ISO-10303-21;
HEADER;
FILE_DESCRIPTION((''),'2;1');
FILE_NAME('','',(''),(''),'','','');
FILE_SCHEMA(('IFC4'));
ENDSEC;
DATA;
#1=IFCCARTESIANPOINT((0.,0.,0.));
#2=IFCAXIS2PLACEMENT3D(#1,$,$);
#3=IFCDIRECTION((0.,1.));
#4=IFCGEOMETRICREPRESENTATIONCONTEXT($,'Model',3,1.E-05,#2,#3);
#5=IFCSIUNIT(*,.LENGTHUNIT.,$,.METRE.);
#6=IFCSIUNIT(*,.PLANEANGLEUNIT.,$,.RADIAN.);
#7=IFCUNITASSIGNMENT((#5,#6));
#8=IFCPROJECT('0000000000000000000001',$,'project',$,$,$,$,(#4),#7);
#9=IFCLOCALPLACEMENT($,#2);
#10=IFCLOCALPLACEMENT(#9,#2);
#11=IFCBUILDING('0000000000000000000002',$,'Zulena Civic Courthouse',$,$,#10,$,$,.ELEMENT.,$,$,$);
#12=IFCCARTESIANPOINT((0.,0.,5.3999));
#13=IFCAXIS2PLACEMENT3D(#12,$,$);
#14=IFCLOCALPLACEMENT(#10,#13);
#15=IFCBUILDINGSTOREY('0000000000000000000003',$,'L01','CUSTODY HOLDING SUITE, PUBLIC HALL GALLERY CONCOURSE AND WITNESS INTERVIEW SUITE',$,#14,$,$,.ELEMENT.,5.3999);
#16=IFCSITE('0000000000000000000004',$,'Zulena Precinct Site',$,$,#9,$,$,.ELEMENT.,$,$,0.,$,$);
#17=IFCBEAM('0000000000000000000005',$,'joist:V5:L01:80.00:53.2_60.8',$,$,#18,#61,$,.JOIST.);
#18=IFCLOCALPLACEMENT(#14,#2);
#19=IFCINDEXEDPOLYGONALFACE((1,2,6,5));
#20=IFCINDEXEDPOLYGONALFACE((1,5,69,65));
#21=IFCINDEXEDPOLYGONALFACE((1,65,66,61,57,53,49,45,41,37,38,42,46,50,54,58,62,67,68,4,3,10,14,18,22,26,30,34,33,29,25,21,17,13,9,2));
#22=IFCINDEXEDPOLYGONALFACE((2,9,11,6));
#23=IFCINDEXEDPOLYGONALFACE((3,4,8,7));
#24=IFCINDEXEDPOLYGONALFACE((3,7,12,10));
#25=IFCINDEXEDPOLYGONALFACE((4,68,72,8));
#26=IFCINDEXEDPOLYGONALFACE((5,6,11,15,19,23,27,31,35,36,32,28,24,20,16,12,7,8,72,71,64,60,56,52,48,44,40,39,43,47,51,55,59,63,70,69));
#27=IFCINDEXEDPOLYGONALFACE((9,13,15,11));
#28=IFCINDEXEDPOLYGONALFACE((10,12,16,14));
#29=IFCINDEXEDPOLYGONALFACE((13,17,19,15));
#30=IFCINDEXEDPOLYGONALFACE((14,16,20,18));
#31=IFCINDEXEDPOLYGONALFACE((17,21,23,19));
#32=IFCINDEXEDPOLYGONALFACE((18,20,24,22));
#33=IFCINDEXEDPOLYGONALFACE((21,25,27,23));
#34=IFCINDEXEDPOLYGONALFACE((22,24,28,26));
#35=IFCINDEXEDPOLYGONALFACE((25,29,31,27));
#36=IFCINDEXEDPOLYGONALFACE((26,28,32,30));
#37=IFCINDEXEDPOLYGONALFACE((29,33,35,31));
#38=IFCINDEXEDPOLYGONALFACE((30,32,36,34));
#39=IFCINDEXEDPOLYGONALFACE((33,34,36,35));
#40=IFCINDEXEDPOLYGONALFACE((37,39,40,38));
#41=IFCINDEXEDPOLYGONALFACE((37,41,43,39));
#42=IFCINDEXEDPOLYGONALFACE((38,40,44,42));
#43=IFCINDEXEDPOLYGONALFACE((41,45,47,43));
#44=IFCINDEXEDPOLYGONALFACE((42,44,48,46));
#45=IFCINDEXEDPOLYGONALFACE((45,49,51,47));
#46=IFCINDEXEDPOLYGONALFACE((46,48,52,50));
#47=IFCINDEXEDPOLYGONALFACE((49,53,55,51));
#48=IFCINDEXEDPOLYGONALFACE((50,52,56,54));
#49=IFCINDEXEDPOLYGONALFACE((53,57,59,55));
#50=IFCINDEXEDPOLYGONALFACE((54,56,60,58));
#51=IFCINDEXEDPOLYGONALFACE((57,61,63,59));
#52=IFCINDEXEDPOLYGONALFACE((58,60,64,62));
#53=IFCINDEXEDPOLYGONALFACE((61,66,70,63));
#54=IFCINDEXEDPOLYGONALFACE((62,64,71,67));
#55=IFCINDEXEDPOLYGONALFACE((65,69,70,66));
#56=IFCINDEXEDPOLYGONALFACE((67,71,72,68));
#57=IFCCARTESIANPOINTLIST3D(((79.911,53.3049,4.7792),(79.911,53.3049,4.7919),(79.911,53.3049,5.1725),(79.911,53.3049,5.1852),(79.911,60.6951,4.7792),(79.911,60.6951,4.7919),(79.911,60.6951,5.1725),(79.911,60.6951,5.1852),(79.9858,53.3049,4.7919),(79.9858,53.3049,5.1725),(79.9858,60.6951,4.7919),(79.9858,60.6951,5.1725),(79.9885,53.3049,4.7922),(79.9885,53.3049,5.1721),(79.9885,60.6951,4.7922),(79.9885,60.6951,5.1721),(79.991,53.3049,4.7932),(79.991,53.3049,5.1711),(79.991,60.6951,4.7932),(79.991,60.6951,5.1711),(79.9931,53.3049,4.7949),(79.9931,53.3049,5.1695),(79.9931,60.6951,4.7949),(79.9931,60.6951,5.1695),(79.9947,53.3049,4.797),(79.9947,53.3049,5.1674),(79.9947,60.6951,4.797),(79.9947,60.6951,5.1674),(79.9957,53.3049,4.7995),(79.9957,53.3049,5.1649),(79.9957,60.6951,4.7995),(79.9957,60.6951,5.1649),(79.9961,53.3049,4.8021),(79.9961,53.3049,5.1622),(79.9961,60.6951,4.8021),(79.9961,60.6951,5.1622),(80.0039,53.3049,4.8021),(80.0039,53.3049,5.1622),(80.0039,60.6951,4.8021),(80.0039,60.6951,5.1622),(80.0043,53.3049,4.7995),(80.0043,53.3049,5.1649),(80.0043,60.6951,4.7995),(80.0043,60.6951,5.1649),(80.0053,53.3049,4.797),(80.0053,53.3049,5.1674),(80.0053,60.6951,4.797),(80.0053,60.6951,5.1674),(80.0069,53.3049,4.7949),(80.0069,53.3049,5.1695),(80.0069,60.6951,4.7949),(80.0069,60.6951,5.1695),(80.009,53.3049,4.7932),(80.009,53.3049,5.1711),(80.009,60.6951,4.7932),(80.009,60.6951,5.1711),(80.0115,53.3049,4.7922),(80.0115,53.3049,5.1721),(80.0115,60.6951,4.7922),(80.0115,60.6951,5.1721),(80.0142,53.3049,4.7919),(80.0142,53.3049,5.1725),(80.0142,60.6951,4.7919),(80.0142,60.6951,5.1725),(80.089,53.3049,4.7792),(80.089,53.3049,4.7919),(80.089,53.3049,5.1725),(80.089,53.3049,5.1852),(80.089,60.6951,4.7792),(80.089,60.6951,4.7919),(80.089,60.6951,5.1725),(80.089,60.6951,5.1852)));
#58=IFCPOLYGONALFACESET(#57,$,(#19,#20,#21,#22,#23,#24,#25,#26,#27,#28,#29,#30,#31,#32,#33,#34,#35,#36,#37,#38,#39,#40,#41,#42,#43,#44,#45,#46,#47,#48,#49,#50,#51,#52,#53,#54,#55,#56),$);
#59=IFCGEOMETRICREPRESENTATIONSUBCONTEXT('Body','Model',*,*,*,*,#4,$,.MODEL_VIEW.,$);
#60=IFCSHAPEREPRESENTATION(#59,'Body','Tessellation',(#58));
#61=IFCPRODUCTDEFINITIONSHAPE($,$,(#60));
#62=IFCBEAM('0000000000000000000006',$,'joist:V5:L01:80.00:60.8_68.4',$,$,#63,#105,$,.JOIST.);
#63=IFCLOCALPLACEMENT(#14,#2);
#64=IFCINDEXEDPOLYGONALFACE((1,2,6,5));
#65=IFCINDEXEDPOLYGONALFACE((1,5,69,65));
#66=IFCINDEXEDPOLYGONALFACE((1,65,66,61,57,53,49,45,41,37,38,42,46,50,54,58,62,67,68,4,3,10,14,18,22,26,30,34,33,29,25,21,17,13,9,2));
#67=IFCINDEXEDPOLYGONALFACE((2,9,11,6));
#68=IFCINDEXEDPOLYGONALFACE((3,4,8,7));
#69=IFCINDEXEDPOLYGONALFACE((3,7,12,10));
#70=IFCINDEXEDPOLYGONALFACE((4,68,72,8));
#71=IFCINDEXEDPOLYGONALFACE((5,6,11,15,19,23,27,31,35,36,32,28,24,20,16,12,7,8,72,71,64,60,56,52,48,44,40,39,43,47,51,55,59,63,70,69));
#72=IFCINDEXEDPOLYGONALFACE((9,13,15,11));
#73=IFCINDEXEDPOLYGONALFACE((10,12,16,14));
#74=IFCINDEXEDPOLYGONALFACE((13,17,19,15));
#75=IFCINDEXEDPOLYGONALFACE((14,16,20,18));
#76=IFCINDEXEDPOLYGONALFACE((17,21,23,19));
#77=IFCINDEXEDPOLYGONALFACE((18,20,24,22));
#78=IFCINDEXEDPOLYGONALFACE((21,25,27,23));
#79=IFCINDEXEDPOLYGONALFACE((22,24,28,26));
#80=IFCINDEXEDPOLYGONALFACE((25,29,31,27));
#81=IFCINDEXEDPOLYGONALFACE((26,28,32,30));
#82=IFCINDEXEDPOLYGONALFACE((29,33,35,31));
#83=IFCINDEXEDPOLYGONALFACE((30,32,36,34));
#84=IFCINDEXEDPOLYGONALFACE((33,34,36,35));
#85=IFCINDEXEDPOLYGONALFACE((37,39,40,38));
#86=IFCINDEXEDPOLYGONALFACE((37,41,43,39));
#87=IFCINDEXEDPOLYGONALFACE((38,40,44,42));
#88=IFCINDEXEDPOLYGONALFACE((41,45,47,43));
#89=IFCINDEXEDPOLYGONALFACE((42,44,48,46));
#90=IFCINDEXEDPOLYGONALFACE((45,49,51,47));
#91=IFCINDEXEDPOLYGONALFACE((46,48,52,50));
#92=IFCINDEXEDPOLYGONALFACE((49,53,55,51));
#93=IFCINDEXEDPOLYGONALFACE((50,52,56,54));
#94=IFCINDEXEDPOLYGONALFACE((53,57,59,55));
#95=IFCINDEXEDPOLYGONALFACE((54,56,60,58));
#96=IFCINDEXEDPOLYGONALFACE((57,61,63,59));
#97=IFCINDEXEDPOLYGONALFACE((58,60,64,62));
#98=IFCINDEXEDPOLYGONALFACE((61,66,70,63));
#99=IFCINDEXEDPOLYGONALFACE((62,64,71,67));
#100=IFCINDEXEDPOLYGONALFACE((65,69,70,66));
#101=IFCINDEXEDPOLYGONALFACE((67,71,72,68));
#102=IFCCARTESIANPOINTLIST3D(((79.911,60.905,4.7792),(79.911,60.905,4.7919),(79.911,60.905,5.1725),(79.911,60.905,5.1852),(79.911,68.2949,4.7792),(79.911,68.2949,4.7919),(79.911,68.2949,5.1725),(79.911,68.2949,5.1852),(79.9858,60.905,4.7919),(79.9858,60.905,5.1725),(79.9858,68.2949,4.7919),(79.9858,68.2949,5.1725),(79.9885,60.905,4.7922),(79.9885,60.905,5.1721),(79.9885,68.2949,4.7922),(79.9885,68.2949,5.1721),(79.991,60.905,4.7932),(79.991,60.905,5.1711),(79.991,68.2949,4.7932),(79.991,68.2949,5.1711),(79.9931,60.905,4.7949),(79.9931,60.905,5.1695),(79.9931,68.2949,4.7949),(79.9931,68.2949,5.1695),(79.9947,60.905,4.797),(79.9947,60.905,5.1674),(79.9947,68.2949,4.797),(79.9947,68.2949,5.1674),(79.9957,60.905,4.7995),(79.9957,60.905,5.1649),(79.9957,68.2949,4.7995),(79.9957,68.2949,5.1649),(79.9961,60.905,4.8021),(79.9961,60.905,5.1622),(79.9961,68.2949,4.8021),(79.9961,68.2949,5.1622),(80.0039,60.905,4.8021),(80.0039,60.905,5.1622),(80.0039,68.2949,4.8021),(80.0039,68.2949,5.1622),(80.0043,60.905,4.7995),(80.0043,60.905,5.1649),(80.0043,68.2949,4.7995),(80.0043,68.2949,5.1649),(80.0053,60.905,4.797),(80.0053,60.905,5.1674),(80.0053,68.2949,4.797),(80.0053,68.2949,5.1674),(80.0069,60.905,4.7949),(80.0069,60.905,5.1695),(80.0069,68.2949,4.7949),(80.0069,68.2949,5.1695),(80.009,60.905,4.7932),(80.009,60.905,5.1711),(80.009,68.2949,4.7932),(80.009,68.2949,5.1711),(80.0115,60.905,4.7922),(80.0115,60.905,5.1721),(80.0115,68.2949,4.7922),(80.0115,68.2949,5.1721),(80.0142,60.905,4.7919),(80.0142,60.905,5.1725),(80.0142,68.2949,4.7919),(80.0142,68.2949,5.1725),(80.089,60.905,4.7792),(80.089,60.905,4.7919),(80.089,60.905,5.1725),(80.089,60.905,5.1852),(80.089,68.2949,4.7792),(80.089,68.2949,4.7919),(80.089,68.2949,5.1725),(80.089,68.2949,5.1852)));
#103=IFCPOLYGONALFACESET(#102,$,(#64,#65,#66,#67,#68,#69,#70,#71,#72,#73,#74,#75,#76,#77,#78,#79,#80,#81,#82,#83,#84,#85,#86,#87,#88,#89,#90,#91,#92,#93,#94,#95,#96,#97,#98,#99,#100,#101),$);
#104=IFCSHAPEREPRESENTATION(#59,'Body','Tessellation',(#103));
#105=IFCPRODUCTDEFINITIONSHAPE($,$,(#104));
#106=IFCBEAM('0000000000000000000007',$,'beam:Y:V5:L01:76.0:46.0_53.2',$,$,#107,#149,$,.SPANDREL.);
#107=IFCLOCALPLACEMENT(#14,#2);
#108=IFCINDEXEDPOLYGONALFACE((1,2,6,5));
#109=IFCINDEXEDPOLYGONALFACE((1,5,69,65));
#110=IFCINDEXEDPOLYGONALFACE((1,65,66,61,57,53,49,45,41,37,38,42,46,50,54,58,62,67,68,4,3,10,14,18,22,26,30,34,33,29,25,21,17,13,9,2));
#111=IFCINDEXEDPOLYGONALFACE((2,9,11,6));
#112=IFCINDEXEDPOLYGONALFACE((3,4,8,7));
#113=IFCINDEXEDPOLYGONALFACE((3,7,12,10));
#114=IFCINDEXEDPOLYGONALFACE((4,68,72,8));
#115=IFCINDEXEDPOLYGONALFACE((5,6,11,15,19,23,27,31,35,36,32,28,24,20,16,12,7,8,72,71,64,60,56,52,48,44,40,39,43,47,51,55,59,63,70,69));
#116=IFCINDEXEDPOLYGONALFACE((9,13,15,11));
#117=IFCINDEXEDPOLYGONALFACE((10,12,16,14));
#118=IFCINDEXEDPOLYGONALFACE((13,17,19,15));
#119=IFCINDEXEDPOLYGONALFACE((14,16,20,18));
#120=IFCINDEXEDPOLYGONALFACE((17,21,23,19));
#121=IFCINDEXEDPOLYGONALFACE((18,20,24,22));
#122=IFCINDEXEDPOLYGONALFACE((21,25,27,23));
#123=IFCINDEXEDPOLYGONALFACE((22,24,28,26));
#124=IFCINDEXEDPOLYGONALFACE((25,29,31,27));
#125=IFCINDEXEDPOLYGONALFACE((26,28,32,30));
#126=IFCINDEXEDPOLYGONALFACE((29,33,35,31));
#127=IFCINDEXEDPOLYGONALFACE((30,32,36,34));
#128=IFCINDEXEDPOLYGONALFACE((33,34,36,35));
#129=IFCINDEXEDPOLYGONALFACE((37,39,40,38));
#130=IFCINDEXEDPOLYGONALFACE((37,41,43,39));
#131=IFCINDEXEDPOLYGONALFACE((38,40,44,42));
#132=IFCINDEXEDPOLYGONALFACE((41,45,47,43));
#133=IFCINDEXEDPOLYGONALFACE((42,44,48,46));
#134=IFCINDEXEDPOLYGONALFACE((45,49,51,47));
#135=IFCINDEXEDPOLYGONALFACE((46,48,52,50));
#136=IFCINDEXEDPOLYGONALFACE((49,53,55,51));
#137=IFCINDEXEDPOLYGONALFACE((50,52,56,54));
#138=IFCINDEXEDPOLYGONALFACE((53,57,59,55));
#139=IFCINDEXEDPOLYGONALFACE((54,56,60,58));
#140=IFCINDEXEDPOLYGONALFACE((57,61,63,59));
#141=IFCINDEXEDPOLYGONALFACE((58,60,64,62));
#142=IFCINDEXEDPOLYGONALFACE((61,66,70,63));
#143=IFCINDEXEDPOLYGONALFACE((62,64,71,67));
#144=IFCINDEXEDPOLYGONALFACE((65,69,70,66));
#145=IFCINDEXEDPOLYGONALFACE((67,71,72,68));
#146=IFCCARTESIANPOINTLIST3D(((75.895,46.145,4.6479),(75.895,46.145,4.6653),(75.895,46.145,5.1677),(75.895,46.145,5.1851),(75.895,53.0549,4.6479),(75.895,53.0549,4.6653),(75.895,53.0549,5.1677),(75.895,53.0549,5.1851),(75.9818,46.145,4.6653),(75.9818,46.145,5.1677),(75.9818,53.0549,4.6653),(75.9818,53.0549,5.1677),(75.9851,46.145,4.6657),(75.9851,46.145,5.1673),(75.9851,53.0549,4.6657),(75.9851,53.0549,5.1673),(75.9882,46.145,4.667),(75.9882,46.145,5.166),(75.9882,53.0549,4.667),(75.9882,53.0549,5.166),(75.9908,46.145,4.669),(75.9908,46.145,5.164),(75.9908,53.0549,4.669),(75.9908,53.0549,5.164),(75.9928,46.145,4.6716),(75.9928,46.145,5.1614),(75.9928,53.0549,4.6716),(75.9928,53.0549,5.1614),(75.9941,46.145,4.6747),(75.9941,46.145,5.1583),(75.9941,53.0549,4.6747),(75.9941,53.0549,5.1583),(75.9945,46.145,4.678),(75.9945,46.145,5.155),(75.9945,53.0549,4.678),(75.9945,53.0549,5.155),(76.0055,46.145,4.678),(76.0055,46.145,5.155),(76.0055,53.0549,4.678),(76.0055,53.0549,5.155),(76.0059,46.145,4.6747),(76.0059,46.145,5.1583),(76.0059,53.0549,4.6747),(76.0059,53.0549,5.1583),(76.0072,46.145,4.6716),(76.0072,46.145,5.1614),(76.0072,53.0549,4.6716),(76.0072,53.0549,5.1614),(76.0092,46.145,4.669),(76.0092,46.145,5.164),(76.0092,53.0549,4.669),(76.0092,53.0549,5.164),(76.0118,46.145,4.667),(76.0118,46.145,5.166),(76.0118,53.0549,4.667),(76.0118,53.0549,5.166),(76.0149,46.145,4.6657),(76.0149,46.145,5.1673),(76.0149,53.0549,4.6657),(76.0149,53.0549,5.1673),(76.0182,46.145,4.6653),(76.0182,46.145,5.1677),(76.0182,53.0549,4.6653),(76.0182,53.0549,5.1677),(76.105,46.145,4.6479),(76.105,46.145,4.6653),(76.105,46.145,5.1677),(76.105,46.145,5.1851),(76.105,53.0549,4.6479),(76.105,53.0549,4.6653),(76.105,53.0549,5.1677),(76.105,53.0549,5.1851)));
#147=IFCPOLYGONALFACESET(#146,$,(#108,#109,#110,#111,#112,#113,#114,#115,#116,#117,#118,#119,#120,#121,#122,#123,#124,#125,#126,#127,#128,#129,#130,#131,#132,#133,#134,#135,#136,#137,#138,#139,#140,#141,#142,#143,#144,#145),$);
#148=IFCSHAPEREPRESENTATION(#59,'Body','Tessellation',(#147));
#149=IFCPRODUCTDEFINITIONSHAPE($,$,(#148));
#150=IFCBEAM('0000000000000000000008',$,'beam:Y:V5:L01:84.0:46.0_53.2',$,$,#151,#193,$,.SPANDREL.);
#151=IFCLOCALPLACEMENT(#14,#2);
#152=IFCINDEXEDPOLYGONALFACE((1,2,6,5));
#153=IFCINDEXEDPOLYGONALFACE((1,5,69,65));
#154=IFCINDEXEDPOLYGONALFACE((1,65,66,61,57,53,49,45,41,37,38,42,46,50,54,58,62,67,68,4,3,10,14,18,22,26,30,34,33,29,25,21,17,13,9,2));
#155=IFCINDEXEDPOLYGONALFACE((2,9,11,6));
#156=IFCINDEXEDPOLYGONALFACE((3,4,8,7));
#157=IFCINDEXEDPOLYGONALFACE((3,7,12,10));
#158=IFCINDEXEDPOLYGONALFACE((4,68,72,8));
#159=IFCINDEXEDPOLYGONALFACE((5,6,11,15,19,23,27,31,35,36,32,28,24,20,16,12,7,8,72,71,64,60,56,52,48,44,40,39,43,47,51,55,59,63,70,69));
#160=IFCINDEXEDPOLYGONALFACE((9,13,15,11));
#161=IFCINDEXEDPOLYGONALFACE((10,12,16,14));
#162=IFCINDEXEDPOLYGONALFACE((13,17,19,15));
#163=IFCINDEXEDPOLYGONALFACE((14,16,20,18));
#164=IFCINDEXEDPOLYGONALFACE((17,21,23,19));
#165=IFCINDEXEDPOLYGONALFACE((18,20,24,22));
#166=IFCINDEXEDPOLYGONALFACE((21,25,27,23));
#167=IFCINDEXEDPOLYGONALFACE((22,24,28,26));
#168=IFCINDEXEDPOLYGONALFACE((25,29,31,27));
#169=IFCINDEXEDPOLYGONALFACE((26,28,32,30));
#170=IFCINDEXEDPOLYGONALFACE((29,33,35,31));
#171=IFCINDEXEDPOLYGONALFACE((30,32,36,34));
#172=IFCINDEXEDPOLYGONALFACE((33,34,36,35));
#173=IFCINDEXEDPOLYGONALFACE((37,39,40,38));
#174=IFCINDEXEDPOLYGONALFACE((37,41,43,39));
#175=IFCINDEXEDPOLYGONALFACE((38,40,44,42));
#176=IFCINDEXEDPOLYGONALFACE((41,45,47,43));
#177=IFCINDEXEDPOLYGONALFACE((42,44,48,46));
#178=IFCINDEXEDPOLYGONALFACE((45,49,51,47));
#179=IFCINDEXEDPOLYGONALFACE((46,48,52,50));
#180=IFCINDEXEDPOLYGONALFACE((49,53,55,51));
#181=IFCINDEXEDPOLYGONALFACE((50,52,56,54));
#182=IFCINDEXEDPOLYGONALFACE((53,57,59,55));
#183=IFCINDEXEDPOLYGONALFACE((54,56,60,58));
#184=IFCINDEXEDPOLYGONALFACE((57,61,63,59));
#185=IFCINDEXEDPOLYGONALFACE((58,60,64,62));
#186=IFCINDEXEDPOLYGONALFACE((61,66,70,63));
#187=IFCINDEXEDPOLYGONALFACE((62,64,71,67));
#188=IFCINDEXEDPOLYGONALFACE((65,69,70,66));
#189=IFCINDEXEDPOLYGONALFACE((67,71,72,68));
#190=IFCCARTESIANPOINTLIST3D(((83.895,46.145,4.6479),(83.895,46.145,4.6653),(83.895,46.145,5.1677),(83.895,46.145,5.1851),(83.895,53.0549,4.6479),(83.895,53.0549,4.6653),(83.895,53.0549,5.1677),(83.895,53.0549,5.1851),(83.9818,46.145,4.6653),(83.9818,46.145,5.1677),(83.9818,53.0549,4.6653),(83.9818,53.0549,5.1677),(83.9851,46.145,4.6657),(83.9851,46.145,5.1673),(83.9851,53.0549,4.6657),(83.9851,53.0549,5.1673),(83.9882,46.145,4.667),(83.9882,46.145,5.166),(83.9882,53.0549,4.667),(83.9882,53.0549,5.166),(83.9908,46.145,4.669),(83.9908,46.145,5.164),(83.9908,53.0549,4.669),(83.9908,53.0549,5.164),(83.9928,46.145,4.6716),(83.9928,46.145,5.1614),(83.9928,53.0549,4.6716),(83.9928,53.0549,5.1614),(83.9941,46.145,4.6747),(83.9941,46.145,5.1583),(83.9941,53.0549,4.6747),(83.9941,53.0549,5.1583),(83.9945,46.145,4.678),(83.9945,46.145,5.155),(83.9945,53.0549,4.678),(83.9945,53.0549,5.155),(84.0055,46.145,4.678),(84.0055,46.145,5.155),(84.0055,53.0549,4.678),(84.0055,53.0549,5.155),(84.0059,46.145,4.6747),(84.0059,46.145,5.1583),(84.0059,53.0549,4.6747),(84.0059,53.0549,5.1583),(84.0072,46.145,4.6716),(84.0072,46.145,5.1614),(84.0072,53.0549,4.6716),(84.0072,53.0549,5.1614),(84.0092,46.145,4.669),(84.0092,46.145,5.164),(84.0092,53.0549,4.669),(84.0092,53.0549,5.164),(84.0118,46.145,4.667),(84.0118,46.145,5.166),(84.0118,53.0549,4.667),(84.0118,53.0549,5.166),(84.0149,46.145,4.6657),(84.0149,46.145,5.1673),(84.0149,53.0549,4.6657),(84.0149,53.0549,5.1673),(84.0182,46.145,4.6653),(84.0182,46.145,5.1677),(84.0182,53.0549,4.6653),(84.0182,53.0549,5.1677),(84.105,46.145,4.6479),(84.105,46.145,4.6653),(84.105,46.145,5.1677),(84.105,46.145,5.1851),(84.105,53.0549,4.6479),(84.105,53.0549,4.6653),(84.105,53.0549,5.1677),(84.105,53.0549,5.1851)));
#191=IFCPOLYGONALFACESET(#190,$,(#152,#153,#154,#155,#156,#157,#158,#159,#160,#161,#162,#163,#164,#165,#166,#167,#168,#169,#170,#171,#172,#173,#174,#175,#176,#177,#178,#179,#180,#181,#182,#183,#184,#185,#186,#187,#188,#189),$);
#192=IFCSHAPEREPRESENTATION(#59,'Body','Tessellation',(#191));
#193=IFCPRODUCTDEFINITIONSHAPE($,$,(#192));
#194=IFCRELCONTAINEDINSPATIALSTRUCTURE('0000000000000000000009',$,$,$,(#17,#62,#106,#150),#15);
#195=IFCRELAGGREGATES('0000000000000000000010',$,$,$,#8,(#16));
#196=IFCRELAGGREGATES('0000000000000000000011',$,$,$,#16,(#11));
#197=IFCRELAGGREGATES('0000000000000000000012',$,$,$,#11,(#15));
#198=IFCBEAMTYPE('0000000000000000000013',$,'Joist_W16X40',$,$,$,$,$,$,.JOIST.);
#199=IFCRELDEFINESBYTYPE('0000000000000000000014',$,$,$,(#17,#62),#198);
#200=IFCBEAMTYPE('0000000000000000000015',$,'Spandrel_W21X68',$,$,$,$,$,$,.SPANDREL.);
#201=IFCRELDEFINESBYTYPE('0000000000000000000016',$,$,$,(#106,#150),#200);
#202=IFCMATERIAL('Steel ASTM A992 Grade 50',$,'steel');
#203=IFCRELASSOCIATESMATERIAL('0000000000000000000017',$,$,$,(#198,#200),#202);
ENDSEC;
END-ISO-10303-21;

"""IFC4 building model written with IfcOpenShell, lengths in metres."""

from ifc_helpers import new_model, si_unit, direction, frame, origin, origin_2d, place, context, subcontext, project, spatial, i_section, extrude, material, material_profile, profile_set, type_object, element, save


model = new_model("IFC4")

# Units and contexts
model_context = context("Model", 3, precision=1e-05, world=origin(), true_north=direction((0.0, 1.0)))
body_context = subcontext(model_context, "Body", "Model", "MODEL_VIEW")
ifc_project = project(units=[si_unit("LENGTHUNIT", "METRE"), si_unit("PLANEANGLEUNIT", "RADIAN")], contexts=[model_context])

# Site, building, storey
site_placement = place(None, origin())
site = spatial("IfcSite", under=ifc_project, at=site_placement, Name="Zulena Precinct Site", CompositionType="ELEMENT", RefElevation=0.0)
building_placement = place(site_placement, origin())
building = spatial("IfcBuilding", under=site, at=building_placement, Name="Zulena Civic Courthouse", CompositionType="ELEMENT")
storey_placement = place(building_placement, frame((0.0, 0.0, 5.3999)))
storey = spatial("IfcBuildingStorey", under=building, at=storey_placement, Name="L01", Description="CUSTODY HOLDING SUITE, PUBLIC HALL GALLERY CONCOURSE AND WITNESS INTERVIEW SUITE", CompositionType="ELEMENT", Elevation=5.3999)

# Shared definitions
ifc_material_1 = material(Name="Steel ASTM A992 Grade 50", Category="steel")

# Beams
ifc_material_profile_1 = material_profile(ifc_material_1, i_section(OverallWidth=0.178, OverallDepth=0.406, WebThickness=0.0078, FlangeThickness=0.0127, FilletRadius=0.0103, at=origin_2d()), Name="W16X40")
ifc_profile_set_1 = profile_set([ifc_material_profile_1], Name="Steel ASTM A992 Grade 50")
beam_type_1 = type_object("IfcBeamType", Name="Joist_W16X40", PredefinedType="JOIST", material=ifc_profile_set_1)
beam_1_placement = place(storey_placement, frame((80.0, 53.3049, 4.9822), z_axis=(0.0, 1.0, 0.0), x_axis=(-1.0, 0.0, 0.0)))
element("IfcBeam", 1, at=beam_1_placement, inside=storey, type_object=beam_type_1, Name="joist:V5:L01:80.00:53.2_60.8", PredefinedType="JOIST", context=body_context, shape_type="SweptSolid", body=[
    extrude(i_section(OverallWidth=0.178, OverallDepth=0.406, WebThickness=0.0078, FlangeThickness=0.0127, FilletRadius=0.0103, at=origin_2d()), origin(), (0.0, 0.0, 1.0), 7.3901),
])
beam_2_placement = place(storey_placement, frame((80.0, 60.905, 4.9822), z_axis=(0.0, 1.0, 0.0), x_axis=(-1.0, 0.0, 0.0)))
element("IfcBeam", 2, at=beam_2_placement, inside=storey, type_object=beam_type_1, Name="joist:V5:L01:80.00:60.8_68.4", PredefinedType="JOIST", context=body_context, shape_type="SweptSolid", body=[
    extrude(i_section(OverallWidth=0.178, OverallDepth=0.406, WebThickness=0.0078, FlangeThickness=0.0127, FilletRadius=0.0103, at=origin_2d()), origin(), (0.0, 0.0, 1.0), 7.3899),
])
ifc_material_profile_2 = material_profile(ifc_material_1, i_section(OverallWidth=0.21, OverallDepth=0.5371, WebThickness=0.011, FlangeThickness=0.0173, FilletRadius=0.0127, at=origin_2d()), Name="W21X68")
ifc_profile_set_2 = profile_set([ifc_material_profile_2], Name="Steel ASTM A992 Grade 50")
beam_type_2 = type_object("IfcBeamType", Name="Spandrel_W21X68", PredefinedType="SPANDREL", material=ifc_profile_set_2)
for number, where, z_axis, x_axis, name in (
    (3, (76.0, 46.145, 4.9165), (0.0, 1.0, 0.0), (-1.0, 0.0, 0.0), "beam:Y:V5:L01:76.0:46.0_53.2"),
    (4, (84.0, 46.145, 4.9165), (0.0, 1.0, 0.0), (-1.0, 0.0, 0.0), "beam:Y:V5:L01:84.0:46.0_53.2"),
):
    element("IfcBeam", number, at=place(storey_placement, frame(where, z_axis=z_axis, x_axis=x_axis)), inside=storey, type_object=beam_type_2, Name=name, PredefinedType="SPANDREL", context=body_context, shape_type="SweptSolid", body=[
        extrude(i_section(OverallWidth=0.21, OverallDepth=0.5371, WebThickness=0.011, FlangeThickness=0.0173, FilletRadius=0.0127, at=origin_2d()), origin(), (0.0, 0.0, 1.0), 6.9099),
    ])

save(model, "model.ifc")
